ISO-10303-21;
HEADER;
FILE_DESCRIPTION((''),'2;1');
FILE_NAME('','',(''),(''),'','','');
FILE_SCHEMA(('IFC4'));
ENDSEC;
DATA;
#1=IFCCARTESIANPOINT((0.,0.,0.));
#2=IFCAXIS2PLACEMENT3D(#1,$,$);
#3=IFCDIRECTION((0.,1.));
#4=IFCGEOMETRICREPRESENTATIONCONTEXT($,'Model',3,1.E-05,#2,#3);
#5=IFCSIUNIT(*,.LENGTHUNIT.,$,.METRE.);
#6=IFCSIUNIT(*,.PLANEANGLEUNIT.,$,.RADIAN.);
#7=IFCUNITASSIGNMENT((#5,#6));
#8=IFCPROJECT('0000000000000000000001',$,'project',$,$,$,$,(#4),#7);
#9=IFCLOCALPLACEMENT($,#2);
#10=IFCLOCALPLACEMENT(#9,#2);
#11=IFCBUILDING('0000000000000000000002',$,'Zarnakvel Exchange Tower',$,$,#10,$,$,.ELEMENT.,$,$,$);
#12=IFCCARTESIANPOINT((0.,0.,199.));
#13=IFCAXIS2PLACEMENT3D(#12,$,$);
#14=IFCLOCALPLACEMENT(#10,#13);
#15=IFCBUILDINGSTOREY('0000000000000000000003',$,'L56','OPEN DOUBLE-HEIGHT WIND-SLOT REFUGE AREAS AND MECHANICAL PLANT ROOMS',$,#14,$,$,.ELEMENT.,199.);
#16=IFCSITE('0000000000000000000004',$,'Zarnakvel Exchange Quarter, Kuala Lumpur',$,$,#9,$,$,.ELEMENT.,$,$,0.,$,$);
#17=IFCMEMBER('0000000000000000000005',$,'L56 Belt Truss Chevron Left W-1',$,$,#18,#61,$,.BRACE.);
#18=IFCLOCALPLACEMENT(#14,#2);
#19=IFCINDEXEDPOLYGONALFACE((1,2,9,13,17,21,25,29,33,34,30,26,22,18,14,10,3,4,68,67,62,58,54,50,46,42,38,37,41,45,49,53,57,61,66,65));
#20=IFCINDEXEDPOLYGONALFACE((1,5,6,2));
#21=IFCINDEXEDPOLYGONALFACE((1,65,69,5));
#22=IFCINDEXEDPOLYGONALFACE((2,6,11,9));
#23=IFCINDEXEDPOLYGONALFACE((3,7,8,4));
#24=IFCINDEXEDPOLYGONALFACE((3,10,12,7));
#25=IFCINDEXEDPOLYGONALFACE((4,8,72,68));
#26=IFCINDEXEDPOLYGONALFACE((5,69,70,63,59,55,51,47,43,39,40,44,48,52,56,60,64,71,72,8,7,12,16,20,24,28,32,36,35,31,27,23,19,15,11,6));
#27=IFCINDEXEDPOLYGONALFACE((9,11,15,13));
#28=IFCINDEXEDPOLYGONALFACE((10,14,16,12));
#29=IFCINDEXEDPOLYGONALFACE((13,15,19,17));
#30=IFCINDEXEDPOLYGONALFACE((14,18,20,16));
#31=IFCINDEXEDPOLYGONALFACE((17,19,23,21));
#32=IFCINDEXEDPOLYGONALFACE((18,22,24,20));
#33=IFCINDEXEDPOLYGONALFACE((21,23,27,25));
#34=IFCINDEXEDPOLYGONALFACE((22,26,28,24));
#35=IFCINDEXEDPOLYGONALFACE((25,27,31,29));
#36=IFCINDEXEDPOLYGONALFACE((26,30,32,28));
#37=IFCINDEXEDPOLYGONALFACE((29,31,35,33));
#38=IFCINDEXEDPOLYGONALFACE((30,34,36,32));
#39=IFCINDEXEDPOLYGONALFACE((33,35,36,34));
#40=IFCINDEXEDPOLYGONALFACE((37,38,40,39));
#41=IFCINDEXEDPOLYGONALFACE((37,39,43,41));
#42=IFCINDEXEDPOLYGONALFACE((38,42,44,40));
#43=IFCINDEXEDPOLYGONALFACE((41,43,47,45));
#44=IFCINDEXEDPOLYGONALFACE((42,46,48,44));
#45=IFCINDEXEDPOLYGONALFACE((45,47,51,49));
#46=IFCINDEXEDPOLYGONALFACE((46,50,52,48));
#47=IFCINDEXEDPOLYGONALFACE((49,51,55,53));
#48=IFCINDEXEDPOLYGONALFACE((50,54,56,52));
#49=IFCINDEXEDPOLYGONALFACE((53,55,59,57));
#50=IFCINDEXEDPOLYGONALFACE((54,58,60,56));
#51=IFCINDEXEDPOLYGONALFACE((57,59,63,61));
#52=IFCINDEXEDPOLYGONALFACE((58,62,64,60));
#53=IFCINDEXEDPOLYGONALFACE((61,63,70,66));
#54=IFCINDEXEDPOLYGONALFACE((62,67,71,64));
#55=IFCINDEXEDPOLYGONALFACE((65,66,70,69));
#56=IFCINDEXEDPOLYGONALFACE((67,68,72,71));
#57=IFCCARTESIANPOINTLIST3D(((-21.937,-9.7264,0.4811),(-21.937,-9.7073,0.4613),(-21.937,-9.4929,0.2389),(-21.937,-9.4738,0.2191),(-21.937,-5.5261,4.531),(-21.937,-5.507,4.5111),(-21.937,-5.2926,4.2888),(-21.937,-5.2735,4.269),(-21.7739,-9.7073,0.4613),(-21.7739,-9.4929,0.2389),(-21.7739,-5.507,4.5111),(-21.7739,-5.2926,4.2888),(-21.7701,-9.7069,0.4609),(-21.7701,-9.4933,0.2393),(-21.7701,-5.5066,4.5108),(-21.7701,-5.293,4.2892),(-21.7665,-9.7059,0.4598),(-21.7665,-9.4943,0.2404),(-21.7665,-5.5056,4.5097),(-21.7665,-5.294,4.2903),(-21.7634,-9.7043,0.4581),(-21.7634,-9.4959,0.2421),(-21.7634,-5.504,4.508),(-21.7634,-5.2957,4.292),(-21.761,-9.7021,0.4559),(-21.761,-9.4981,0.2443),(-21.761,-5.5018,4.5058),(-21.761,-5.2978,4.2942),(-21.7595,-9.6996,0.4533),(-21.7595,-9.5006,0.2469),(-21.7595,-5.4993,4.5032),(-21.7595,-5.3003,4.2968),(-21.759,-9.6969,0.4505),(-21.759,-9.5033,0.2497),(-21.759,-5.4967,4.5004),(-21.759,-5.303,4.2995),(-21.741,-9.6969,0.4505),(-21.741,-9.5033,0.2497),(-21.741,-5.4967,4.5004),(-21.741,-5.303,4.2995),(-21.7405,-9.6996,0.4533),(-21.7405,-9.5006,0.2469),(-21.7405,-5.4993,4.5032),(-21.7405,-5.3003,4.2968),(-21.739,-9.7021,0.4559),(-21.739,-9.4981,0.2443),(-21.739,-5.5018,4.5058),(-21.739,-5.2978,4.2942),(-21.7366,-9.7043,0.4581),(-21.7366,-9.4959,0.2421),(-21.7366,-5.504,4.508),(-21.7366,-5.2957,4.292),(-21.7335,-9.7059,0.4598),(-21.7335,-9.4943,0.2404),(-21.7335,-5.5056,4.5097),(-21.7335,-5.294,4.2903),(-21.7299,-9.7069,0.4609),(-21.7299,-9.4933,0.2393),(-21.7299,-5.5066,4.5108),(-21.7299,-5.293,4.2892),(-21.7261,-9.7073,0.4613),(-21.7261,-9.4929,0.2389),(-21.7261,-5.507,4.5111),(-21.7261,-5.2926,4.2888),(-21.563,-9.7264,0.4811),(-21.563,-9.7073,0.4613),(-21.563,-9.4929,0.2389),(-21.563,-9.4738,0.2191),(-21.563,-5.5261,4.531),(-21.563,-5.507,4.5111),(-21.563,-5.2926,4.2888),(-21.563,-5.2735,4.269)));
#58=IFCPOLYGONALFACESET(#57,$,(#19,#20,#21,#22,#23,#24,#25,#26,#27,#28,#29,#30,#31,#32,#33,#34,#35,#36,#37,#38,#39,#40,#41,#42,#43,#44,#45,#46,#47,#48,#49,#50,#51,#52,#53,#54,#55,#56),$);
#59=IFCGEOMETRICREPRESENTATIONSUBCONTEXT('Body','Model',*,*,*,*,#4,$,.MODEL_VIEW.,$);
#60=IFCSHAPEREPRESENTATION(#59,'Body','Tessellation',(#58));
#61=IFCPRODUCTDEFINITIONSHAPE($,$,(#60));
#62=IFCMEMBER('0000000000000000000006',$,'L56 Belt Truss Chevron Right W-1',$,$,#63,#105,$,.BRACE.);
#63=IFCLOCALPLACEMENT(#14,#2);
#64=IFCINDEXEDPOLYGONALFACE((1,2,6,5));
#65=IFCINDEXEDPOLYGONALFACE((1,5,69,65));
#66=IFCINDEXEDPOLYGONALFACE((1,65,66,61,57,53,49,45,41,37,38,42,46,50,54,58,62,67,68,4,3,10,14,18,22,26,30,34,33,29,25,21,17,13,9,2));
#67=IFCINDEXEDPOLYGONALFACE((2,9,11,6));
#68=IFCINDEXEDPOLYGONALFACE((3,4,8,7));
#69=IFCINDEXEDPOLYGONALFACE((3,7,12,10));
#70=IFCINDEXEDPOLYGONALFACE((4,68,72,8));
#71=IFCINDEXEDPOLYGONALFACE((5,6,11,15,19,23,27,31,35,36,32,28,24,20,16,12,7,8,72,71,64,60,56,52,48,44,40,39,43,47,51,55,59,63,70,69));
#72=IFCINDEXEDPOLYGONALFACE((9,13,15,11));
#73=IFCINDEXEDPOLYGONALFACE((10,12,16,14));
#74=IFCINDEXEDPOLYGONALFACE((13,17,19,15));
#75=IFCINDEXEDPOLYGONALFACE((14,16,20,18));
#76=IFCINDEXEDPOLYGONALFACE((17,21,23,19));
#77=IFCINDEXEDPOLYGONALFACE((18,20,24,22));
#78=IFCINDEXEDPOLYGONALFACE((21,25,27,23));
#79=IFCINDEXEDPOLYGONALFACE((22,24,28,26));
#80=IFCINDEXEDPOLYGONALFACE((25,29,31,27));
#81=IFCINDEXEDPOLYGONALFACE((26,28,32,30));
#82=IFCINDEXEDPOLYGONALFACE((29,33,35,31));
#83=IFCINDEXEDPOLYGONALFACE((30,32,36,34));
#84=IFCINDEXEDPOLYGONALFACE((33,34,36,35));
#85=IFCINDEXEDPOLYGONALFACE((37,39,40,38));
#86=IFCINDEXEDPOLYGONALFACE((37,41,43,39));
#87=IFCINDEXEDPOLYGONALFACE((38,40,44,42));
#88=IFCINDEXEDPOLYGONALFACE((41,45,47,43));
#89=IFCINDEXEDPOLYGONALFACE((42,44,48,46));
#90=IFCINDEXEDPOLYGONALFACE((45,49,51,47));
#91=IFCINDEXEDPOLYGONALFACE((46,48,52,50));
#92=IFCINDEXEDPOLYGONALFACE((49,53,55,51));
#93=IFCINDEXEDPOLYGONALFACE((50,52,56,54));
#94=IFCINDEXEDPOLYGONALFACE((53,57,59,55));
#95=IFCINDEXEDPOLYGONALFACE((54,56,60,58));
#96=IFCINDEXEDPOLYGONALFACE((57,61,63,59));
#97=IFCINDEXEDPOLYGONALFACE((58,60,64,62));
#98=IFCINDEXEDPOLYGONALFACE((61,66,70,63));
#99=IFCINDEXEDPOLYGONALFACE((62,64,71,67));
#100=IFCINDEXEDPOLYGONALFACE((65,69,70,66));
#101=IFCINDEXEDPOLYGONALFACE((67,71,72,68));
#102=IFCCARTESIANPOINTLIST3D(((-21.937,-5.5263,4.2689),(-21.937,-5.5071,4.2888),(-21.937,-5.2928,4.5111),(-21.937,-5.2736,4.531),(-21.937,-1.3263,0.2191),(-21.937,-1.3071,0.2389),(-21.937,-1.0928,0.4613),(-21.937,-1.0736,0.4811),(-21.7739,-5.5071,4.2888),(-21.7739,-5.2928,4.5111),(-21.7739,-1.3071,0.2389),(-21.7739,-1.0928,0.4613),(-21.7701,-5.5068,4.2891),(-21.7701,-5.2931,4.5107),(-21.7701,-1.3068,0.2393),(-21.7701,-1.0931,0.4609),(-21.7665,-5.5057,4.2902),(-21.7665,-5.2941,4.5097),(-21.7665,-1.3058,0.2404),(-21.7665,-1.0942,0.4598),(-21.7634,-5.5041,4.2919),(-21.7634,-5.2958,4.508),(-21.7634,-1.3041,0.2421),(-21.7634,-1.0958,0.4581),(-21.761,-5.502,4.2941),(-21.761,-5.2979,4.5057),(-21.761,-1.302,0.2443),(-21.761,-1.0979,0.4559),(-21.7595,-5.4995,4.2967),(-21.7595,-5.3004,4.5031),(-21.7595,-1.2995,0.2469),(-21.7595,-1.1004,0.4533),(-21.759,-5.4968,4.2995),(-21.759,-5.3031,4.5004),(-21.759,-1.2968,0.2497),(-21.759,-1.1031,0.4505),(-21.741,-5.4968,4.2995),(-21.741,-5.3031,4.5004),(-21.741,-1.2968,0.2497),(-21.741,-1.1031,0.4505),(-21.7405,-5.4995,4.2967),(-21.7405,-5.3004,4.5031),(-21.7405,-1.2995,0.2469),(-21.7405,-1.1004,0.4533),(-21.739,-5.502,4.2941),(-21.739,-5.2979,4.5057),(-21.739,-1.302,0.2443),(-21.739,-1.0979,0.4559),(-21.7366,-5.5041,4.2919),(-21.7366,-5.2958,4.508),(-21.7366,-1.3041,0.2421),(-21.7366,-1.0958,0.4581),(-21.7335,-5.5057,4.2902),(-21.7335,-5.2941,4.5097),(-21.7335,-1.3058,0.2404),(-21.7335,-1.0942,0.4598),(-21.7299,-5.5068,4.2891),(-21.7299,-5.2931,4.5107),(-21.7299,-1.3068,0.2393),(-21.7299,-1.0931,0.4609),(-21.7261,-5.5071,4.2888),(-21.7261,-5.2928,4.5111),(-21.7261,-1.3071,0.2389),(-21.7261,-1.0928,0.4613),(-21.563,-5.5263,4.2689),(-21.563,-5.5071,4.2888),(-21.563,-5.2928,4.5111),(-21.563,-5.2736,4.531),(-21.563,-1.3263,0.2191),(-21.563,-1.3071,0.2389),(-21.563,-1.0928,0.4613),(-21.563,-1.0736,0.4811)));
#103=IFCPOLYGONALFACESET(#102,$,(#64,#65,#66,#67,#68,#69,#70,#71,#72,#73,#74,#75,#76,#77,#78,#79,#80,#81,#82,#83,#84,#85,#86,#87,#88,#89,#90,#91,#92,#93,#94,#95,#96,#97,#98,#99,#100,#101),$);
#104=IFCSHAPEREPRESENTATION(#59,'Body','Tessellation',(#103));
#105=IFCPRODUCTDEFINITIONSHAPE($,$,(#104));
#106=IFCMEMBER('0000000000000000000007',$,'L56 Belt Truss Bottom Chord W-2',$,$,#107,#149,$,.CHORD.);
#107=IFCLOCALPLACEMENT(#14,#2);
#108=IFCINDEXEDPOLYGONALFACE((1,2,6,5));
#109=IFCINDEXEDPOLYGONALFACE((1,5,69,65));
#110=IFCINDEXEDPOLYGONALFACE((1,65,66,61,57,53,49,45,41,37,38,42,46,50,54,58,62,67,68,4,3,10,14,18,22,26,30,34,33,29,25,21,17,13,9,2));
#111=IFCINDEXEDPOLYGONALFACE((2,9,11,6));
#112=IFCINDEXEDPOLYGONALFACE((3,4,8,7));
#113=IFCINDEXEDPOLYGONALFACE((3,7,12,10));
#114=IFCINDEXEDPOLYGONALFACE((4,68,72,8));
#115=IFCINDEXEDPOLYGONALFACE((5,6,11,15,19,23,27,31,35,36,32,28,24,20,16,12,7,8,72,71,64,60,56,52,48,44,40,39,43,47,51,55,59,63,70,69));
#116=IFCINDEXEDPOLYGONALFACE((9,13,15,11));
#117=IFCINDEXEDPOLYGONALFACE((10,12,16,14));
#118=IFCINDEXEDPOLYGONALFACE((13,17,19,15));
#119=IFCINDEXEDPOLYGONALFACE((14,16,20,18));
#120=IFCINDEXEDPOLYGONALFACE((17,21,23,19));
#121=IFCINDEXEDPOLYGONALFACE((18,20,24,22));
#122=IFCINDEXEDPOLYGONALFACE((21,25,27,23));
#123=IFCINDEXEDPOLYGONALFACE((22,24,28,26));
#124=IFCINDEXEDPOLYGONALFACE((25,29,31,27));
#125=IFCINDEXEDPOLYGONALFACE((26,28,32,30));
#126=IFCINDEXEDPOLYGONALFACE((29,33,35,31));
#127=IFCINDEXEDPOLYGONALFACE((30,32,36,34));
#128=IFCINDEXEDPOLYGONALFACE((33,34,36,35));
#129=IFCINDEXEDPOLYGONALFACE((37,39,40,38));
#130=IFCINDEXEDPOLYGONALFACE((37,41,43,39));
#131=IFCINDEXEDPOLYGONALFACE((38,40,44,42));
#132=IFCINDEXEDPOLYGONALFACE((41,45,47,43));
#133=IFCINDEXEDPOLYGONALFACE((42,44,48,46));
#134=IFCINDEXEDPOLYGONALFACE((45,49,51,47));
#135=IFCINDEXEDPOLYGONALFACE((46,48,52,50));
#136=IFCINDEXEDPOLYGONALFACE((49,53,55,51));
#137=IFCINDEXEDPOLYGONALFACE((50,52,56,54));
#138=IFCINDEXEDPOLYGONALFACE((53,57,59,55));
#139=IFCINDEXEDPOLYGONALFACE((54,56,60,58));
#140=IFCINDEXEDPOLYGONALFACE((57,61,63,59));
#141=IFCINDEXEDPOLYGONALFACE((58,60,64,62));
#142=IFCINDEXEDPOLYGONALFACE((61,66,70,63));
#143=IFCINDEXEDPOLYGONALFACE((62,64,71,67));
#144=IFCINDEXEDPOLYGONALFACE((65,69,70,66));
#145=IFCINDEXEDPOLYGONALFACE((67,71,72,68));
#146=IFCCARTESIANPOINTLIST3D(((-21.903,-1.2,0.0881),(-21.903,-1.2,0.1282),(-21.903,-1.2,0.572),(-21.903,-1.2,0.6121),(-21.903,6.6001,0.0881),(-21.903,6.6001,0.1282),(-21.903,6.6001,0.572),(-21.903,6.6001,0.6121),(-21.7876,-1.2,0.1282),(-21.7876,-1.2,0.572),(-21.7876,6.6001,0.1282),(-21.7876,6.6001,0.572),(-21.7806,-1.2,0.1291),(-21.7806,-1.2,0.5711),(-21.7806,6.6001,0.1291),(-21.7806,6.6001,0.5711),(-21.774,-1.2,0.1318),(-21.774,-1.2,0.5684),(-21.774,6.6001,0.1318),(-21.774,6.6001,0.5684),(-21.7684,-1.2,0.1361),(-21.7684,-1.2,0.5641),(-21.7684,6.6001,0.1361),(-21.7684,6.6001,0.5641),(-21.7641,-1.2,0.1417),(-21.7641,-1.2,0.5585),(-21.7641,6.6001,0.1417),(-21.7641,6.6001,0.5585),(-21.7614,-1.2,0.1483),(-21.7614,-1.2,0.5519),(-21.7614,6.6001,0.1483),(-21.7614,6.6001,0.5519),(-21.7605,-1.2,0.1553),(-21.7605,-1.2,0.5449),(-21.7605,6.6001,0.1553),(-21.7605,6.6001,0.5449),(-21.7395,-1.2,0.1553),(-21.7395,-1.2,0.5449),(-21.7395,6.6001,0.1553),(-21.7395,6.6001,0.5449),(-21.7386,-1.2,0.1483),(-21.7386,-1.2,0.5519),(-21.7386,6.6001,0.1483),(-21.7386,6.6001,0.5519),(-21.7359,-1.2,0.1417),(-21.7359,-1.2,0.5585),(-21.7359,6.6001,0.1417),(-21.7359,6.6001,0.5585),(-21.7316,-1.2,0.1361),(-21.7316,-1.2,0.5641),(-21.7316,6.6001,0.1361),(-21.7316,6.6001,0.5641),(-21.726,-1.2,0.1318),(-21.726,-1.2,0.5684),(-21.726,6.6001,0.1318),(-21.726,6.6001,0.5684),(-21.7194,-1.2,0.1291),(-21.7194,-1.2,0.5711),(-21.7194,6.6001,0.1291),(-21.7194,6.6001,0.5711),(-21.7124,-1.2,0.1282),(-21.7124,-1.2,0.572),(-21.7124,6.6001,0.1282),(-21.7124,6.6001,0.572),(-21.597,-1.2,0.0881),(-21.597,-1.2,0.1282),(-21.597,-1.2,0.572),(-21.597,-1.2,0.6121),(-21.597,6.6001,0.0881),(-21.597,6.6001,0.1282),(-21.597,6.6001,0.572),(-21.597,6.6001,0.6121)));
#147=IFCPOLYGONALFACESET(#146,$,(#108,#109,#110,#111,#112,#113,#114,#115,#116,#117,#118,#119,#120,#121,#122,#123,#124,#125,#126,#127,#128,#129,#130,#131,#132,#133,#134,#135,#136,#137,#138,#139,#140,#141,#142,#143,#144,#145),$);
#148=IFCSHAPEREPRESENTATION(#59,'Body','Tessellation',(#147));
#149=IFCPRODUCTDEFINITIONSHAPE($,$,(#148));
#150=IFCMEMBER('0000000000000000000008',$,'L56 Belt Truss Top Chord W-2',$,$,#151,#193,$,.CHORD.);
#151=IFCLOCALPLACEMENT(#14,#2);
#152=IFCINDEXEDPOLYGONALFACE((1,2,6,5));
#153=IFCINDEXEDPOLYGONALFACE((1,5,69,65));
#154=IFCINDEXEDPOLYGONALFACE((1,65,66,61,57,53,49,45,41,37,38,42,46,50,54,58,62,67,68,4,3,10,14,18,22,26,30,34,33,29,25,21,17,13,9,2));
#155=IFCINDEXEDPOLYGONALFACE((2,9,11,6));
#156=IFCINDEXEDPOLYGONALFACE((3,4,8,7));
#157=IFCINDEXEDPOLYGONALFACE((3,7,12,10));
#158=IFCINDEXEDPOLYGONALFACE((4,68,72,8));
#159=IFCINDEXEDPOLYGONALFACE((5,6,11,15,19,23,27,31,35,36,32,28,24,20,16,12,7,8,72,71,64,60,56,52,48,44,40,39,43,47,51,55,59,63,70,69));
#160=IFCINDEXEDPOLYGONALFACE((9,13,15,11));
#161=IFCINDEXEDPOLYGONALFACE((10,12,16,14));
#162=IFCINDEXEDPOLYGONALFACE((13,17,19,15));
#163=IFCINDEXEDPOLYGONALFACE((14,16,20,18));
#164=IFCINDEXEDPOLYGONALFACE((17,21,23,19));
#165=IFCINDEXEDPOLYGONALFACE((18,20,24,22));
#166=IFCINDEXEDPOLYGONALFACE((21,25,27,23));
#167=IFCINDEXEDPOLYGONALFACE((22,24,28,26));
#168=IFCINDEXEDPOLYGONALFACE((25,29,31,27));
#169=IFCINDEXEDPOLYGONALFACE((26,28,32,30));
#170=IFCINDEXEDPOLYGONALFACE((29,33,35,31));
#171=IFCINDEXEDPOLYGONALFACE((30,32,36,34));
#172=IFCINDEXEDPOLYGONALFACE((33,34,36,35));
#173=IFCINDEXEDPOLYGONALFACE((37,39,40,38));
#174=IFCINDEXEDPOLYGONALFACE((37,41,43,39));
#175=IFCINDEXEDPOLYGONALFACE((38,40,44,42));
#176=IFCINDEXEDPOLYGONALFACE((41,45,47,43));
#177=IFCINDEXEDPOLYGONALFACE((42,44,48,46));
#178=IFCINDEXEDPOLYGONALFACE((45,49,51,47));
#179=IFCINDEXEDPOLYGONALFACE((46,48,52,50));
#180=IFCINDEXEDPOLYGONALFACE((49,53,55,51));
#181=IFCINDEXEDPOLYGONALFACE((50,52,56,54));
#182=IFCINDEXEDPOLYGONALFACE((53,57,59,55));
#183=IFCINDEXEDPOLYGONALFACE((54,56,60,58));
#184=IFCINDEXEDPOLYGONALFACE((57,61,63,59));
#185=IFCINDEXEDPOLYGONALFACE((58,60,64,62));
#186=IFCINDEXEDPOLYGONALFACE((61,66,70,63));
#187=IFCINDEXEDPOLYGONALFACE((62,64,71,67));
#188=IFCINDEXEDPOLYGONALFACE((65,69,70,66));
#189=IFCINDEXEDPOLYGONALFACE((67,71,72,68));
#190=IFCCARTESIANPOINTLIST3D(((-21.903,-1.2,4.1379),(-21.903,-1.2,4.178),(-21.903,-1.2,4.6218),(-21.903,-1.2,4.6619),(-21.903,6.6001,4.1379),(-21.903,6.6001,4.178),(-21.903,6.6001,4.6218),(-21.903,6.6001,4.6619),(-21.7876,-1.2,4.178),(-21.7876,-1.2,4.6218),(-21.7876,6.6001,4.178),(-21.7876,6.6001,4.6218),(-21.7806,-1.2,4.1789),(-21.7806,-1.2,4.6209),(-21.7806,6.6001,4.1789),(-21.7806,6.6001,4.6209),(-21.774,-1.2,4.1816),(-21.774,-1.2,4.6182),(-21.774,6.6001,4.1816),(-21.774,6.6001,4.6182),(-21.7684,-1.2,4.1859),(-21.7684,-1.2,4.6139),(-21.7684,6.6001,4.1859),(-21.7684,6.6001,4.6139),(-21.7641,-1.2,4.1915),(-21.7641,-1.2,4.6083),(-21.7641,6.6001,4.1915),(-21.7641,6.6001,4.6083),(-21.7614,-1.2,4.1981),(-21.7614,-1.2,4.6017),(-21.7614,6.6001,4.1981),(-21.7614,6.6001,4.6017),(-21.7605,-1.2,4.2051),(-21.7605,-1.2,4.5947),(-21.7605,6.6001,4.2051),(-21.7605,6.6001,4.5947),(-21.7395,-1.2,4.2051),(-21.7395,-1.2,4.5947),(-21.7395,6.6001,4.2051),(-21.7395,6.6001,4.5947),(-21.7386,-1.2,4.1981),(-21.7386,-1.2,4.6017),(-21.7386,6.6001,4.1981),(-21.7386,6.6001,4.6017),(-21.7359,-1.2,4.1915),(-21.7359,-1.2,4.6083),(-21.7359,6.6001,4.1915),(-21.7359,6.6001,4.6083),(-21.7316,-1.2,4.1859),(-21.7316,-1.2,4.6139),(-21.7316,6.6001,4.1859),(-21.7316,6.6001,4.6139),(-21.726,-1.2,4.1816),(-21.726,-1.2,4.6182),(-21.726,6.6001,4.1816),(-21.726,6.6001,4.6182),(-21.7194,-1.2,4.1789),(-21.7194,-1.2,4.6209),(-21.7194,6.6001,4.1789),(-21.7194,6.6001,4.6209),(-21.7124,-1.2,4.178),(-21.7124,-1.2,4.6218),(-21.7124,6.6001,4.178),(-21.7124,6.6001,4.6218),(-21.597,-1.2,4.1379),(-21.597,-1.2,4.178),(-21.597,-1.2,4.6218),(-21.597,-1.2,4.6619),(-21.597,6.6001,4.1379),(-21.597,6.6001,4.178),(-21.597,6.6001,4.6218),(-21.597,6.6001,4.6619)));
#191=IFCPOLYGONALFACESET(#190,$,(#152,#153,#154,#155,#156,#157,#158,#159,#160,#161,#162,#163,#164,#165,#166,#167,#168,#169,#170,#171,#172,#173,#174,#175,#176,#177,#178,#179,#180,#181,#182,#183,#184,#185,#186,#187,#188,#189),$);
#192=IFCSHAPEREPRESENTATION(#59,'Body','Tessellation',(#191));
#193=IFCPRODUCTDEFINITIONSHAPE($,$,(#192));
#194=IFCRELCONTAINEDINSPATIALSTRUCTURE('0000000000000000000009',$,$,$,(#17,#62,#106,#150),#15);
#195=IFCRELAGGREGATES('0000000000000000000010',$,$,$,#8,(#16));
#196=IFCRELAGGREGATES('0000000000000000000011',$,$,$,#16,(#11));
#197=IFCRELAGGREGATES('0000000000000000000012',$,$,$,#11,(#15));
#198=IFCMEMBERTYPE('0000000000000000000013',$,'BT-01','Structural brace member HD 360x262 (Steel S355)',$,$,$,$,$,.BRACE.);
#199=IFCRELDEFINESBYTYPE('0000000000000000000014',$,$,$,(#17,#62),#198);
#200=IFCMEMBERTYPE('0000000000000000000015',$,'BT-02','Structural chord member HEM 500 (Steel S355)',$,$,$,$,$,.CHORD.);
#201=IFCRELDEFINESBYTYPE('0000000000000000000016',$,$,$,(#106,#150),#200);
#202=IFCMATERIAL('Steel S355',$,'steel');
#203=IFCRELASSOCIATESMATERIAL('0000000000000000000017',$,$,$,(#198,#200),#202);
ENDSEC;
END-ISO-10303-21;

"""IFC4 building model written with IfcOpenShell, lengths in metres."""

from ifc_helpers import new_model, si_unit, direction, frame, origin, origin_2d, place, context, subcontext, project, spatial, i_section, extrude, source, transform, mapped, material, material_profile, profile_set, type_object, element, save


model = new_model("IFC4")

# Units and contexts
model_context = context("Model", 3, precision=1e-05, world=origin(), true_north=direction((0.0, 1.0)))
body_context = subcontext(model_context, "Body", "Model", "MODEL_VIEW")
ifc_project = project(units=[si_unit("LENGTHUNIT", "METRE"), si_unit("PLANEANGLEUNIT", "RADIAN")], contexts=[model_context])

# Site, building, storey
site_placement = place(None, origin())
site = spatial("IfcSite", under=ifc_project, at=site_placement, Name="Zarnakvel Exchange Quarter, Kuala Lumpur", CompositionType="ELEMENT", RefElevation=0.0)
building_placement = place(site_placement, origin())
building = spatial("IfcBuilding", under=site, at=building_placement, Name="Zarnakvel Exchange Tower", CompositionType="ELEMENT")
storey_placement = place(building_placement, frame((0.0, 0.0, 199.0)))
storey = spatial("IfcBuildingStorey", under=building, at=storey_placement, Name="L56", Description="OPEN DOUBLE-HEIGHT WIND-SLOT REFUGE AREAS AND MECHANICAL PLANT ROOMS", CompositionType="ELEMENT", Elevation=199.0)

# Shared definitions
ifc_material_1 = material(Name="Steel S355", Category="steel")

# Members
ifc_material_profile_1 = material_profile(ifc_material_1, i_section(OverallWidth=0.374, OverallDepth=0.364, WebThickness=0.0181, FlangeThickness=0.0276, FilletRadius=0.0149, at=origin_2d()))
ifc_profile_set_1 = profile_set([ifc_material_profile_1], Name="Steel S355")
member_type_1 = type_object("IfcMemberType", Name="BT-01", Description="Structural brace member HD 360x262 (Steel S355)", PredefinedType="BRACE", material=ifc_profile_set_1)
shared_shape_1 = source(origin(), body_context, "Body", "SweptSolid", [
    extrude(i_section(OverallWidth=0.374, OverallDepth=0.364, WebThickness=0.0181, FlangeThickness=0.0276, FilletRadius=0.0149, at=origin_2d()), origin(), (0.0, 0.0, 1.0), 5.8347),
])
member_1_placement = place(storey_placement, frame((-21.75, -9.6001, 0.3501), z_axis=(0.0, 0.719877, 0.694101), x_axis=(-1.0, 0.0, 0.0)))
element("IfcMember", 1, at=member_1_placement, inside=storey, type_object=member_type_1, Name="L56 Belt Truss Chevron Left W-1", PredefinedType="BRACE", context=body_context, shape_type="MappedRepresentation", body=[
    mapped(shared_shape_1, transform((0.0, 0.0, 0.0), x_axis=(1.0, 0.0, 0.0), y_axis=(0.0, 1.0, 0.0), z_axis=(0.0, 0.0, 1.0), scale=1.0)),
])
shared_shape_2 = source(origin(), body_context, "Body", "SweptSolid", [
    extrude(i_section(OverallWidth=0.374, OverallDepth=0.364, WebThickness=0.0181, FlangeThickness=0.0276, FilletRadius=0.0149, at=origin_2d()), origin(), (0.0, 0.0, 1.0), 5.8345),
])
member_2_placement = place(storey_placement, frame((-21.75, -1.2, 0.3501), z_axis=(0.0, -0.719857, 0.694122), x_axis=(1.0, 0.0, 0.0)))
element("IfcMember", 2, at=member_2_placement, inside=storey, type_object=member_type_1, Name="L56 Belt Truss Chevron Right W-1", PredefinedType="BRACE", context=body_context, shape_type="MappedRepresentation", body=[
    mapped(shared_shape_2, transform((0.0, 0.0, 0.0), x_axis=(1.0, 0.0, 0.0), y_axis=(0.0, 1.0, 0.0), z_axis=(0.0, 0.0, 1.0), scale=1.0)),
])
ifc_material_profile_2 = material_profile(ifc_material_1, i_section(OverallWidth=0.3059, OverallDepth=0.5239, WebThickness=0.021, FlangeThickness=0.04, FilletRadius=0.0271, at=origin_2d()))
ifc_profile_set_2 = profile_set([ifc_material_profile_2], Name="Steel S355")
member_type_2 = type_object("IfcMemberType", Name="BT-02", Description="Structural chord member HEM 500 (Steel S355)", PredefinedType="CHORD", material=ifc_profile_set_2)
shared_shape_3 = source(origin(), body_context, "Body", "SweptSolid", [
    extrude(i_section(OverallWidth=0.3059, OverallDepth=0.5239, WebThickness=0.021, FlangeThickness=0.04, FilletRadius=0.0271, at=origin_2d()), origin(), (0.0, 0.0, 1.0), 7.8),
])
for number, where, z_axis, x_axis, name in (
    (3, (-21.75, -1.2, 0.3501), (0.0, 1.0, 0.0), (-1.0, 0.0, 0.0), "L56 Belt Truss Bottom Chord W-2"),
    (4, (-21.75, -1.2, 4.3999), (0.0, 1.0, 0.0), (-1.0, 0.0, 0.0), "L56 Belt Truss Top Chord W-2"),
):
    element("IfcMember", number, at=place(storey_placement, frame(where, z_axis=z_axis, x_axis=x_axis)), inside=storey, type_object=member_type_2, Name=name, PredefinedType="CHORD", context=body_context, shape_type="MappedRepresentation", body=[
        mapped(shared_shape_3, transform((0.0, 0.0, 0.0), x_axis=(1.0, 0.0, 0.0), y_axis=(0.0, 1.0, 0.0), z_axis=(0.0, 0.0, 1.0), scale=1.0)),
    ])

save(model, "model.ifc")
